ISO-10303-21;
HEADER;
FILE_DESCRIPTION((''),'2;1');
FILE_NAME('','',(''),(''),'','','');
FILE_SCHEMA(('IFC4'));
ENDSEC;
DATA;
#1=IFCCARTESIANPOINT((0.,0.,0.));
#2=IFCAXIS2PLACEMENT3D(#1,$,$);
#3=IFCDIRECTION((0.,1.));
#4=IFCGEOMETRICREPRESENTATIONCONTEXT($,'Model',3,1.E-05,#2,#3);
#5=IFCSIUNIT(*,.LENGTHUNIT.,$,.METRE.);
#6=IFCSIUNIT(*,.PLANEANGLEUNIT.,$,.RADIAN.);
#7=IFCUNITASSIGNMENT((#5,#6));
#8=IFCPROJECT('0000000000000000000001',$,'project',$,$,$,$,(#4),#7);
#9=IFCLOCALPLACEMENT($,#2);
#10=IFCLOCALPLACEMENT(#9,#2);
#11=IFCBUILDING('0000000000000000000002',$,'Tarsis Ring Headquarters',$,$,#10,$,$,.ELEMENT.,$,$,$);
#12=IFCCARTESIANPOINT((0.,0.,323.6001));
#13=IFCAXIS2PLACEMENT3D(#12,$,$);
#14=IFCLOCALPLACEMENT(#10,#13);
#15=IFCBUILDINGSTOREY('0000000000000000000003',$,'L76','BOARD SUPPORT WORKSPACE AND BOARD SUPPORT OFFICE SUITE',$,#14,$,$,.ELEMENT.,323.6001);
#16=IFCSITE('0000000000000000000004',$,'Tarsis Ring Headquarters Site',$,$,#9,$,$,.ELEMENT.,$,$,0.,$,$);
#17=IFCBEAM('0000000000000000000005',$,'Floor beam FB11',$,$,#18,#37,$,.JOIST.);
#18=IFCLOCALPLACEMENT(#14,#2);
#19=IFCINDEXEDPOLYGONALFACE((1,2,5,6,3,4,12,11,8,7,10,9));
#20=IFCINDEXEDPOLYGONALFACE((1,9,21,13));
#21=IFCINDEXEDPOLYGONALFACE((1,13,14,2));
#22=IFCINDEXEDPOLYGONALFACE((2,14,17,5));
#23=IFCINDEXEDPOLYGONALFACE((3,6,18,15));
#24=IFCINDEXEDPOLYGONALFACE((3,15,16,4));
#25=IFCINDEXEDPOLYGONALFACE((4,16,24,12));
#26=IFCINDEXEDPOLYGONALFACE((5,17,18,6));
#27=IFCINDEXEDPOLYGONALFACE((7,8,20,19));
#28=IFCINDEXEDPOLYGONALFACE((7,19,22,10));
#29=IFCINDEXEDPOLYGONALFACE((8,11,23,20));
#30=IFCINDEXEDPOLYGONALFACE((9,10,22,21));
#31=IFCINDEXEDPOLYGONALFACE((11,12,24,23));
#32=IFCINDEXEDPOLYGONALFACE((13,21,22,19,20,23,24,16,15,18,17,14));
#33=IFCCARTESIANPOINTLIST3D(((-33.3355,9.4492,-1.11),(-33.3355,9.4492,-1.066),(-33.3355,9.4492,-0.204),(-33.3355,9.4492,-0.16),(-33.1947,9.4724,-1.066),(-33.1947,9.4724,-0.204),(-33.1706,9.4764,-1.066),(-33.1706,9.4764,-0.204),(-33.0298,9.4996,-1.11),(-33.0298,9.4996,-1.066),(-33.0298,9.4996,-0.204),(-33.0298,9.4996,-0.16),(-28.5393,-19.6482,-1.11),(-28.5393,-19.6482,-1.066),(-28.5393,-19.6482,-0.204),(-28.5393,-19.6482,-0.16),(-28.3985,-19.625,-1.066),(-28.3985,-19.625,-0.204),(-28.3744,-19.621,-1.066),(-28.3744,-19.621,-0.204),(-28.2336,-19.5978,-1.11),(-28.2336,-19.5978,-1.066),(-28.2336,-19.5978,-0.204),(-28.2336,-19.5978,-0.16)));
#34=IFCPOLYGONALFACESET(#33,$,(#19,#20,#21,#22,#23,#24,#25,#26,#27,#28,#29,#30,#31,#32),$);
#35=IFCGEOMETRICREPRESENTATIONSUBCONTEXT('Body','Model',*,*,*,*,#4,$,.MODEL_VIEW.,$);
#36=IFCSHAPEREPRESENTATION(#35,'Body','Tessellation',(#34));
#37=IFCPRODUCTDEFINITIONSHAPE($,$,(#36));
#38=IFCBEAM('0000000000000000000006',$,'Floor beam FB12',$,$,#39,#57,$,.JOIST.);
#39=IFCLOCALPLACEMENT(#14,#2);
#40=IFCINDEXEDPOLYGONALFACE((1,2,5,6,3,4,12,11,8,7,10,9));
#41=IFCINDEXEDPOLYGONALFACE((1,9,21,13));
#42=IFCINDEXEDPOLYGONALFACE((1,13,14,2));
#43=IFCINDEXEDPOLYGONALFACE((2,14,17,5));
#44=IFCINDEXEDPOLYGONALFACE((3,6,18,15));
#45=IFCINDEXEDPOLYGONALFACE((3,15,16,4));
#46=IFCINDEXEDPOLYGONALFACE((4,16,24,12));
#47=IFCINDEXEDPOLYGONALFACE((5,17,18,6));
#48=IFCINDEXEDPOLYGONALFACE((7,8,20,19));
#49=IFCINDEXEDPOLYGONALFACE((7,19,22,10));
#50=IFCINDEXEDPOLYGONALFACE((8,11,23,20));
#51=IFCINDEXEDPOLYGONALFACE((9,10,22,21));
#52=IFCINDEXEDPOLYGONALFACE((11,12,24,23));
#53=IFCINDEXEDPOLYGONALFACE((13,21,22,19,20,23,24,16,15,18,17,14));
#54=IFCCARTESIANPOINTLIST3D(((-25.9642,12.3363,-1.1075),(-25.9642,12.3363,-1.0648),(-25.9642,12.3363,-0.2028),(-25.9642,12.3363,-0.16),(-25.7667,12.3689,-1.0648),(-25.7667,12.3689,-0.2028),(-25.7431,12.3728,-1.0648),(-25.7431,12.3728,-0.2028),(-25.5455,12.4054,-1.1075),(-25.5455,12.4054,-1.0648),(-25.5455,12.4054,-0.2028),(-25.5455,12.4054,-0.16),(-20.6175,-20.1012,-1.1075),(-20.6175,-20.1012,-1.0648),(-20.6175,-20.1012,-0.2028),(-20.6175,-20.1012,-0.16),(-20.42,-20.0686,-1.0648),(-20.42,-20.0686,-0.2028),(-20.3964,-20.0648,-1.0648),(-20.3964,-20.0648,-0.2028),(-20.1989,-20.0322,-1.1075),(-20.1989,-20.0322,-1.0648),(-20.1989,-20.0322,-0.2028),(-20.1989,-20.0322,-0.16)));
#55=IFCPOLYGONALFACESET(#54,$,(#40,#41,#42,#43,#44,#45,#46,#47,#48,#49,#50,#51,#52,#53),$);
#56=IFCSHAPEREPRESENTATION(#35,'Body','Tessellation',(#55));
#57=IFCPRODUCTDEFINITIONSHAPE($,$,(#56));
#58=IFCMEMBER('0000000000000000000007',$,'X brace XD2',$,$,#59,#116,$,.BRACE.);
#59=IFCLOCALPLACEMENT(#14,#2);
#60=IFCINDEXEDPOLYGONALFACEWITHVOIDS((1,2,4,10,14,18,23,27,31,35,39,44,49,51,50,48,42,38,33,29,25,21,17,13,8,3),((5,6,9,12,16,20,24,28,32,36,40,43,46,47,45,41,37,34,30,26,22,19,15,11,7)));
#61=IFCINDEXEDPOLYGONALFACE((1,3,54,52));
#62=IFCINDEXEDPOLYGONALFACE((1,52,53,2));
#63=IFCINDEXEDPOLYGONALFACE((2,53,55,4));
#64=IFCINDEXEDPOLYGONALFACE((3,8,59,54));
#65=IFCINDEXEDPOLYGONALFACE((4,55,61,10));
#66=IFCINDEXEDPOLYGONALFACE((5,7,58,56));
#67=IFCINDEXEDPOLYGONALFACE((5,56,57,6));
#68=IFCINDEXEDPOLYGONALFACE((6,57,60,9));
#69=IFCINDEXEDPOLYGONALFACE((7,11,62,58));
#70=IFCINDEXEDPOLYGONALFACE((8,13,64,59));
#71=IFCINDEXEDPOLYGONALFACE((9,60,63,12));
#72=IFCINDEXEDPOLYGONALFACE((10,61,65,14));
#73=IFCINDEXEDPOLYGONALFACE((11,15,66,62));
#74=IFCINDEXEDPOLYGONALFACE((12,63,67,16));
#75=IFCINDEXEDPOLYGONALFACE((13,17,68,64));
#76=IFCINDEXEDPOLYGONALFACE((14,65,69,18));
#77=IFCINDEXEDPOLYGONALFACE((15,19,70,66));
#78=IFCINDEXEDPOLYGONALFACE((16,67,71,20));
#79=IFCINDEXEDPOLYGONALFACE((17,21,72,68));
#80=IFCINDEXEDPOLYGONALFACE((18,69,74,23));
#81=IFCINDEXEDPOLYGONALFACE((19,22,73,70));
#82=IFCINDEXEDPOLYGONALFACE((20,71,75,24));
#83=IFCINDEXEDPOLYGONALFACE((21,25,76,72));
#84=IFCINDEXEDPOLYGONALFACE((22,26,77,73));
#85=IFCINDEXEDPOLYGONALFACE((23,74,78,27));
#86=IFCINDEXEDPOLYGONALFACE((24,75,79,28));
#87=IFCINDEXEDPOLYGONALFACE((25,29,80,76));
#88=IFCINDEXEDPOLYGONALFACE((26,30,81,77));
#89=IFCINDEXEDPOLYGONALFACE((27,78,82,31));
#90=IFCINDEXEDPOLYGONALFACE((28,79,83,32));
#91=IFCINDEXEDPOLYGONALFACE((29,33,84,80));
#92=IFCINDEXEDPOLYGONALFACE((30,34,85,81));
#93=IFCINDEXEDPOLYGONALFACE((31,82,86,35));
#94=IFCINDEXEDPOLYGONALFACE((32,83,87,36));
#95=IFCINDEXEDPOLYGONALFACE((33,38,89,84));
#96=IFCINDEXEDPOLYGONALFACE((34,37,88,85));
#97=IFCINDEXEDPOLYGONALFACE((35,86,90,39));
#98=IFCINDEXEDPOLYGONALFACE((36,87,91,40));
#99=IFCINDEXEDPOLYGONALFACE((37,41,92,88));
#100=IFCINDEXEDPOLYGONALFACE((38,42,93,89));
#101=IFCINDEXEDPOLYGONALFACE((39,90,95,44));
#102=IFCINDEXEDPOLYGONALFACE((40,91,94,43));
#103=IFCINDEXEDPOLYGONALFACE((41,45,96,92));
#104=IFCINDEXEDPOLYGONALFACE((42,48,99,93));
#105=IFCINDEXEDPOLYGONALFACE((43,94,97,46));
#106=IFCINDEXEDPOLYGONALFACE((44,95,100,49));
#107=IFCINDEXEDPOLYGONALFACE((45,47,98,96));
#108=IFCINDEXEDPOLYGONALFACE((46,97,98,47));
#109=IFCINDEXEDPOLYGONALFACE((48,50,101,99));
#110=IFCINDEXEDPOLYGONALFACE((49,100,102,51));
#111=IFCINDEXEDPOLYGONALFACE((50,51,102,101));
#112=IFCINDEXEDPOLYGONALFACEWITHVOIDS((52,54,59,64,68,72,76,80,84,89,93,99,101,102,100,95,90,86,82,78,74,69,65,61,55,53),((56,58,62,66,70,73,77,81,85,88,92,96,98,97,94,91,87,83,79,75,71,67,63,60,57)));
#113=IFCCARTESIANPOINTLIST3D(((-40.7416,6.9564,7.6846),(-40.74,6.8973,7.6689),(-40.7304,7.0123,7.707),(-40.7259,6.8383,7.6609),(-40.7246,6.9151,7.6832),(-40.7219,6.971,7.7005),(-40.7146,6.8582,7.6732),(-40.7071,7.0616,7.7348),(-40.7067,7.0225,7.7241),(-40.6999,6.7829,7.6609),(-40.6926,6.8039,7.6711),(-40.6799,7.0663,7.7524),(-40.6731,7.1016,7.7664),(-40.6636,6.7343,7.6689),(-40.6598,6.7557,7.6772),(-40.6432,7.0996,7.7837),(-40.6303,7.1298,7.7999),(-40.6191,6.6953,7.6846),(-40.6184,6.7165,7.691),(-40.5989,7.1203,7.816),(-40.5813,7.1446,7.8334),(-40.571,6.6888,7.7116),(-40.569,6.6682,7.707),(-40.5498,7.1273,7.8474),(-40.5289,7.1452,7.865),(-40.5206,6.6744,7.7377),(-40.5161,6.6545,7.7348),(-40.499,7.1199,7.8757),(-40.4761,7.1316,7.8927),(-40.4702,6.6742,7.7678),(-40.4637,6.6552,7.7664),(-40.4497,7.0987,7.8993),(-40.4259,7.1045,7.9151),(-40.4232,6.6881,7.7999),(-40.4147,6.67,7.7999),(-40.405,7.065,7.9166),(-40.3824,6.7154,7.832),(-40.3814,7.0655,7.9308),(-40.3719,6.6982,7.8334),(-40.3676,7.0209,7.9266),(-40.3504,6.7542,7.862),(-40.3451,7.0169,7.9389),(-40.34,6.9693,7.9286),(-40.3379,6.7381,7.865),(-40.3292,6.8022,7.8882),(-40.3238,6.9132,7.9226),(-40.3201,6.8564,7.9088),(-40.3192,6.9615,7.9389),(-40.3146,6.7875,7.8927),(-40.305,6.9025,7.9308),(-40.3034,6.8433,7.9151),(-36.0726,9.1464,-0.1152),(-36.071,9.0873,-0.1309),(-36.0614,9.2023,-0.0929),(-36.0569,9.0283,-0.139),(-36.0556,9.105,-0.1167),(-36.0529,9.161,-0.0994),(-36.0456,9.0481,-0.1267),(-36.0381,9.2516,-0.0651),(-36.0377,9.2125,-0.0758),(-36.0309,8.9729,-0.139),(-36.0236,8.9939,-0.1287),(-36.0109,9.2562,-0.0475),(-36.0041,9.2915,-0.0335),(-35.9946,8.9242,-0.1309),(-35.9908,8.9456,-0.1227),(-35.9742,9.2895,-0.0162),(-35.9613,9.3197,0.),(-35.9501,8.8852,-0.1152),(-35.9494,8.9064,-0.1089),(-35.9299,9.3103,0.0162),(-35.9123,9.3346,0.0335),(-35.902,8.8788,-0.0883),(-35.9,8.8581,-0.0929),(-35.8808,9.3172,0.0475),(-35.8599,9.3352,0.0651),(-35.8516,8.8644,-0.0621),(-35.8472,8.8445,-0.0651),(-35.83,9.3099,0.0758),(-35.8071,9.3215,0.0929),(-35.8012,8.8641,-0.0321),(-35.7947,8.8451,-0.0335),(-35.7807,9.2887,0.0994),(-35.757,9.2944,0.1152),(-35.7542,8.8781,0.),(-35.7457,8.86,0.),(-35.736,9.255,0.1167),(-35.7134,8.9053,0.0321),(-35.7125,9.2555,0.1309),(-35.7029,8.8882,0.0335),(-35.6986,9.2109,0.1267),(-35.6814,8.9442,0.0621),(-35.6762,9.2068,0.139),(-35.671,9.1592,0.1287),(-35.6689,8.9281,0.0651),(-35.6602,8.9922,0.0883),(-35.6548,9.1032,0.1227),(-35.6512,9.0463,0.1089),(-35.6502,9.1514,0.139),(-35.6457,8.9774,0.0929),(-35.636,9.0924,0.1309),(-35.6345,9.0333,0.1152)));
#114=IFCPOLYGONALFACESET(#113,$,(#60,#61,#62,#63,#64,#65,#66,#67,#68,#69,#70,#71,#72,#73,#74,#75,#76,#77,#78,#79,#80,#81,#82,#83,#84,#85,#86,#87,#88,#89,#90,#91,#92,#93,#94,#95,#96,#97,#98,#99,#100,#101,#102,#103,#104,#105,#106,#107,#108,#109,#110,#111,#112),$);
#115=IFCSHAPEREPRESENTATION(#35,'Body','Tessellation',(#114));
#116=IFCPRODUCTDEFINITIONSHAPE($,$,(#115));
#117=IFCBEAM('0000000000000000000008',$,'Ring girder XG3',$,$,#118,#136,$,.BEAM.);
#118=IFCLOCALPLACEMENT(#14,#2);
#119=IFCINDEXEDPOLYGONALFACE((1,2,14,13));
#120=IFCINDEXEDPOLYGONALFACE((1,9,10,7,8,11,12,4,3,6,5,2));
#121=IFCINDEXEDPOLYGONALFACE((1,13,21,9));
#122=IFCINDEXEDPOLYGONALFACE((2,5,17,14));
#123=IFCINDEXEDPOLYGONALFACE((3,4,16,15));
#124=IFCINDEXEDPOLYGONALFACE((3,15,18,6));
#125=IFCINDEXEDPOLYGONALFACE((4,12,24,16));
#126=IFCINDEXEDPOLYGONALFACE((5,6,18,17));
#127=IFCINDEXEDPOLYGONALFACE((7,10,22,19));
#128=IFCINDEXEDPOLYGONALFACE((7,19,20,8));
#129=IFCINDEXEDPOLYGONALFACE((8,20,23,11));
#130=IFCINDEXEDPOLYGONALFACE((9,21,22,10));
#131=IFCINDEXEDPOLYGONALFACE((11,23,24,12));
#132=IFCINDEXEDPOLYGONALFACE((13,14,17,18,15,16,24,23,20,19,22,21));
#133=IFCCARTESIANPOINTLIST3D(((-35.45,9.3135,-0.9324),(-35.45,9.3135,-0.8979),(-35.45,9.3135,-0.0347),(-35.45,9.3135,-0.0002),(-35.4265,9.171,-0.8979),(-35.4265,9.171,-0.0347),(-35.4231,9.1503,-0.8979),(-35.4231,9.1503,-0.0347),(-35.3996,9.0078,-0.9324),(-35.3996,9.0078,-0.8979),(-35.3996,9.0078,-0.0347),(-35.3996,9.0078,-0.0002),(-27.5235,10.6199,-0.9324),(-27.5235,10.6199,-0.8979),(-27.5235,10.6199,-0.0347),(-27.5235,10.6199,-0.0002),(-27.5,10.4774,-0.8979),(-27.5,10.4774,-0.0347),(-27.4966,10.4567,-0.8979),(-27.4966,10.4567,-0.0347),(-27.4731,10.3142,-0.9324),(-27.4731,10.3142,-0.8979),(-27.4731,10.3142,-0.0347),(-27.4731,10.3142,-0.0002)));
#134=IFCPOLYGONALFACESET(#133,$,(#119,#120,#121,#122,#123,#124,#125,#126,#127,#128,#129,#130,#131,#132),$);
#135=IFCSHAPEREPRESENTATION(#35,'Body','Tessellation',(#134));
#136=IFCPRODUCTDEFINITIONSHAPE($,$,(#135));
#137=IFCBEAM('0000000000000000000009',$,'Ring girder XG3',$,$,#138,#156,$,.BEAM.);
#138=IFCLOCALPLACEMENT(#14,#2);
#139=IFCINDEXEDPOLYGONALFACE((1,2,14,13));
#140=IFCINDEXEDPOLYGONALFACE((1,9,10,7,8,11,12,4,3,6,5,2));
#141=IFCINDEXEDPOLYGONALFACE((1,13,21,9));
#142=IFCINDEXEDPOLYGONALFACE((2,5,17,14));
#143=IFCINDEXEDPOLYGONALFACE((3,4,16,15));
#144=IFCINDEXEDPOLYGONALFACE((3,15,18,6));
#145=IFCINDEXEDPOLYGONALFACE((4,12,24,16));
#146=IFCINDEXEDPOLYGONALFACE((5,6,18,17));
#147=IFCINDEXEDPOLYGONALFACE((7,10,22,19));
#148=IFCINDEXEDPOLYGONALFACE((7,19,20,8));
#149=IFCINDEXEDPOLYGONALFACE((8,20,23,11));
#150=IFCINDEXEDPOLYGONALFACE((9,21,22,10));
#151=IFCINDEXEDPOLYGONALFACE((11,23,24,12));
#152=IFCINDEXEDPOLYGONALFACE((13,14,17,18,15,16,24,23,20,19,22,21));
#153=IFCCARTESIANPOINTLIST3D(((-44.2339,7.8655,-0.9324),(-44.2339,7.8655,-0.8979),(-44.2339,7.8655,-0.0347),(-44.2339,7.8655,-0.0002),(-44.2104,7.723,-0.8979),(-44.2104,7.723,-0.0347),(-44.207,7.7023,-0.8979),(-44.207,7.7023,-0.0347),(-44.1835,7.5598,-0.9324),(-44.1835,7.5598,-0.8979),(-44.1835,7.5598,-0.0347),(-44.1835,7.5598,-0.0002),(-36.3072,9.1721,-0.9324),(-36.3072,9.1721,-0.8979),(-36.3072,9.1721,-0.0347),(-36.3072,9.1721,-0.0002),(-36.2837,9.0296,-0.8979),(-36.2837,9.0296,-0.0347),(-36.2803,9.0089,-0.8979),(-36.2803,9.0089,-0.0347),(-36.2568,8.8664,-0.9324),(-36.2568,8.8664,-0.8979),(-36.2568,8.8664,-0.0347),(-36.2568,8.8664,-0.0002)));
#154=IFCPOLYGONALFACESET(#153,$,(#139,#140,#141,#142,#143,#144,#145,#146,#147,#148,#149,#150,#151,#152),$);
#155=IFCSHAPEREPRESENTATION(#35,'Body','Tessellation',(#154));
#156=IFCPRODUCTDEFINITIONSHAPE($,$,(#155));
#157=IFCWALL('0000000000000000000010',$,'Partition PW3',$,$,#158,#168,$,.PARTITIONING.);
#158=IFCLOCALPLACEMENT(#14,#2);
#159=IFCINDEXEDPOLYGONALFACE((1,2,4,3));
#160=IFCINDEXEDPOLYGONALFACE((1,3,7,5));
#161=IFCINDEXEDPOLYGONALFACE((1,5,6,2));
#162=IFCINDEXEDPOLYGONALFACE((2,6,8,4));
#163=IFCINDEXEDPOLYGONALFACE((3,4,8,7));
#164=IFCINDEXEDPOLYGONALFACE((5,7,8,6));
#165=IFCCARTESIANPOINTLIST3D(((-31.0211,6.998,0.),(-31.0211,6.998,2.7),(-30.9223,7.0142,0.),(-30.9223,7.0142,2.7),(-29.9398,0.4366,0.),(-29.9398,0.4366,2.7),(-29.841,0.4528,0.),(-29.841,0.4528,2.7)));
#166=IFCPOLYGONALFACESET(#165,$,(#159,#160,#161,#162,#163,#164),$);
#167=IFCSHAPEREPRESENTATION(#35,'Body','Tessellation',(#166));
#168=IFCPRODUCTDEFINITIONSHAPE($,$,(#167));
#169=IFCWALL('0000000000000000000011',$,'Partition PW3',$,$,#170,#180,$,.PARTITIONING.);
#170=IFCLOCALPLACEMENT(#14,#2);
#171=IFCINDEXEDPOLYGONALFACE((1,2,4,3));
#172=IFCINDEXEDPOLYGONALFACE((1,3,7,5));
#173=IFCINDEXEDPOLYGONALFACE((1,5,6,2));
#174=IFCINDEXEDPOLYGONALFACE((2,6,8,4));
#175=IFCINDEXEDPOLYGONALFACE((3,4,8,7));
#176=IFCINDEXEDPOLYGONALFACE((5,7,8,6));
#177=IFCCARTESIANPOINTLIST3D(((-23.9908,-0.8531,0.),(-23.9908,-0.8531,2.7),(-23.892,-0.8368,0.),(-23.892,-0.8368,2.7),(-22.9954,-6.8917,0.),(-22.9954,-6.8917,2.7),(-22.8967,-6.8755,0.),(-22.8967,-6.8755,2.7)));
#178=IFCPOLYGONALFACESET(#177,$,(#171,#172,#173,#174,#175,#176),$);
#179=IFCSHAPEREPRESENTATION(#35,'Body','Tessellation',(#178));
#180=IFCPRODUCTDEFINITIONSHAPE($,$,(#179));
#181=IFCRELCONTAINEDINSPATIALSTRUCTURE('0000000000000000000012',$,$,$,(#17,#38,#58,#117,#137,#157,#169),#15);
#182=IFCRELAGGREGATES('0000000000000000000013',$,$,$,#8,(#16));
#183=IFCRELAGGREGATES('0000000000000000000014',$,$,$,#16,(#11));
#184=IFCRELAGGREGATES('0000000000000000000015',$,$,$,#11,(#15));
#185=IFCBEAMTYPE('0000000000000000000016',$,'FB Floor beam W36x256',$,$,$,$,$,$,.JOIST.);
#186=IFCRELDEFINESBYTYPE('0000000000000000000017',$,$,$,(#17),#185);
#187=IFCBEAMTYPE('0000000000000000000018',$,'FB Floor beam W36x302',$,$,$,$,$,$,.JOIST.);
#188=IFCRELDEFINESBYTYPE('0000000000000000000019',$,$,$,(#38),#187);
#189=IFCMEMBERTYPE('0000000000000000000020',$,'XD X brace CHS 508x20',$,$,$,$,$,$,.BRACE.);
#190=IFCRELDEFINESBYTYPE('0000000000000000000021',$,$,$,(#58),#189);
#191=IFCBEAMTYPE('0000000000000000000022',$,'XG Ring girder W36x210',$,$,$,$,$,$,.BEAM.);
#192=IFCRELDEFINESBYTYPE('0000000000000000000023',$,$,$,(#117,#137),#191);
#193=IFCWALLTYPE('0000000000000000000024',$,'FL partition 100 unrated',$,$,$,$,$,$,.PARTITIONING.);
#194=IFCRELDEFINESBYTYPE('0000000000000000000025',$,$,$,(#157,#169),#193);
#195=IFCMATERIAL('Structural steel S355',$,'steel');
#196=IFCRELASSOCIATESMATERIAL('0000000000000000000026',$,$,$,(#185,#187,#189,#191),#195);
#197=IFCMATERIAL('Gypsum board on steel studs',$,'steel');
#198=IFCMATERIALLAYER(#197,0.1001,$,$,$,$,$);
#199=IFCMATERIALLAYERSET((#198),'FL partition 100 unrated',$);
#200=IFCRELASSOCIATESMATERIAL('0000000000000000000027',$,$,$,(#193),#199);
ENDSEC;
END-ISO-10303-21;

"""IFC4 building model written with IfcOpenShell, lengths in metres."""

from ifc_helpers import new_model, si_unit, direction, frame, frame_2d, origin, origin_2d, place, context, subcontext, project, spatial, rectangle, hollow_circle, i_section, extrude, material, layer, layer_set, material_profile, profile_set, type_object, element, save


model = new_model("IFC4")

# Units and contexts
model_context = context("Model", 3, precision=1e-05, world=origin(), true_north=direction((0.0, 1.0)))
body_context = subcontext(model_context, "Body", "Model", "MODEL_VIEW")
ifc_project = project(units=[si_unit("LENGTHUNIT", "METRE"), si_unit("PLANEANGLEUNIT", "RADIAN")], contexts=[model_context])

# Site, building, storey
site_placement = place(None, origin())
site = spatial("IfcSite", under=ifc_project, at=site_placement, Name="Tarsis Ring Headquarters Site", CompositionType="ELEMENT", RefElevation=0.0)
building_placement = place(site_placement, origin())
building = spatial("IfcBuilding", under=site, at=building_placement, Name="Tarsis Ring Headquarters", CompositionType="ELEMENT")
storey_placement = place(building_placement, frame((0.0, 0.0, 323.6001)))
storey = spatial("IfcBuildingStorey", under=building, at=storey_placement, Name="L76", Description="BOARD SUPPORT WORKSPACE AND BOARD SUPPORT OFFICE SUITE", CompositionType="ELEMENT", Elevation=323.6001)

# Shared definitions
ifc_material_1 = material(Name="Structural steel S355", Category="steel")

# Beams
ifc_material_profile_1 = material_profile(ifc_material_1, i_section(OverallWidth=0.3098, OverallDepth=0.95, WebThickness=0.0244, FlangeThickness=0.0439, at=origin_2d()), Name="W36x256")
ifc_profile_set_1 = profile_set([ifc_material_profile_1], Name="Structural steel S355")
beam_type_1 = type_object("IfcBeamType", Name="FB Floor beam W36x256", PredefinedType="JOIST", material=ifc_profile_set_1)
for number, where, z_axis, x_axis, name in (
    (1, (-33.1826, 9.4744, -0.635), (0.162636, -0.986686, 0.0), (0.986686, 0.162636, 0.0), "Floor beam FB11"),
):
    element("IfcBeam", number, at=place(storey_placement, frame(where, z_axis=z_axis, x_axis=x_axis)), inside=storey, type_object=beam_type_1, Name=name, PredefinedType="JOIST", context=body_context, shape_type="SweptSolid", body=[
        extrude(i_section(OverallWidth=0.3098, OverallDepth=0.95, WebThickness=0.0244, FlangeThickness=0.0439, at=origin_2d()), origin(), (0.0, 0.0, 1.0), 29.49),
    ])
ifc_material_profile_2 = material_profile(ifc_material_1, i_section(OverallWidth=0.4243, OverallDepth=0.9475, WebThickness=0.0239, FlangeThickness=0.0427, at=origin_2d()), Name="W36x302")
ifc_profile_set_2 = profile_set([ifc_material_profile_2], Name="Structural steel S355")
beam_type_2 = type_object("IfcBeamType", Name="FB Floor beam W36x302", PredefinedType="JOIST", material=ifc_profile_set_2)
beam_1_placement = place(storey_placement, frame((-25.7549, 12.3708, -0.6338), z_axis=(0.162636, -0.986686, 0.0), x_axis=(0.986686, 0.162636, 0.0)))
element("IfcBeam", 2, at=beam_1_placement, inside=storey, type_object=beam_type_2, Name="Floor beam FB12", PredefinedType="JOIST", context=body_context, shape_type="SweptSolid", body=[
    extrude(i_section(OverallWidth=0.4243, OverallDepth=0.9475, WebThickness=0.0239, FlangeThickness=0.0427, at=origin_2d()), origin(), (0.0, 0.0, 1.0), 32.8752),
])

# Member
ifc_material_profile_3 = material_profile(ifc_material_1, hollow_circle(Radius=0.2539, WallThickness=0.02, at=origin_2d()), Name="CHS 508x20")
ifc_profile_set_3 = profile_set([ifc_material_profile_3], Name="Structural steel S355")
member_type = type_object("IfcMemberType", Name="XD X brace CHS 508x20", PredefinedType="BRACE", material=ifc_profile_set_3)
member_placement = place(storey_placement, frame((-35.8535, 9.0898, 0.0), z_axis=(-0.499326, -0.234206, 0.834159), x_axis=(0.424652, -0.905357, 0.0)))
element("IfcMember", 3, at=member_placement, inside=storey, type_object=member_type, Name="X brace XD2", PredefinedType="BRACE", context=body_context, shape_type="SweptSolid", body=[
    extrude(hollow_circle(Radius=0.2539, WallThickness=0.02, at=origin_2d()), origin(), (0.0, 0.0, 1.0), 9.3506),
])

# Beams
ifc_material_profile_4 = material_profile(ifc_material_1, i_section(OverallWidth=0.3098, OverallDepth=0.9321, WebThickness=0.021, FlangeThickness=0.0344, at=origin_2d()), Name="W36x210")
ifc_profile_set_4 = profile_set([ifc_material_profile_4], Name="Structural steel S355")
beam_type_3 = type_object("IfcBeamType", Name="XG Ring girder W36x210", PredefinedType="BEAM", material=ifc_profile_set_4)
beam_2_placement = place(storey_placement, frame((-27.4983, 10.467, -0.4663), z_axis=(-0.986689, -0.16262, 0.0), x_axis=(0.16262, -0.986689, 0.0)))
element("IfcBeam", 4, at=beam_2_placement, inside=storey, type_object=beam_type_3, Name="Ring girder XG3", PredefinedType="BEAM", context=body_context, shape_type="SweptSolid", body=[
    extrude(i_section(OverallWidth=0.3098, OverallDepth=0.9321, WebThickness=0.021, FlangeThickness=0.0344, at=origin_2d()), origin(), (0.0, 0.0, 1.0), 8.0334),
])
beam_3_placement = place(storey_placement, frame((-36.282, 9.0193, -0.4663), z_axis=(-0.986685, -0.162644, 0.0), x_axis=(0.162644, -0.986685, 0.0)))
element("IfcBeam", 5, at=beam_3_placement, inside=storey, type_object=beam_type_3, Name="Ring girder XG3", PredefinedType="BEAM", context=body_context, shape_type="SweptSolid", body=[
    extrude(i_section(OverallWidth=0.3098, OverallDepth=0.9321, WebThickness=0.021, FlangeThickness=0.0344, at=origin_2d()), origin(), (0.0, 0.0, 1.0), 8.0337),
])

# Walls
ifc_material_2 = material(Name="Gypsum board on steel studs", Category="steel")
ifc_layer_1 = layer(ifc_material_2, 0.1001)
ifc_layer_set_1 = layer_set([ifc_layer_1], Name="FL partition 100 unrated")
wall_type_1 = type_object("IfcWallType", Name="FL partition 100 unrated", PredefinedType="PARTITIONING", material=ifc_layer_set_1)
wall_1_placement = place(storey_placement, frame((-30.9717, 7.0061, 0.0), z_axis=(0.0, 0.0, 1.0), x_axis=(0.162601, -0.986692, 0.0)))
element("IfcWall", 6, at=wall_1_placement, inside=storey, type_object=wall_type_1, Name="Partition PW3", PredefinedType="PARTITIONING", context=body_context, shape_type="SweptSolid", body=[
    extrude(rectangle(XDim=6.6499, YDim=0.1001, at=frame_2d((3.325, 0.0))), origin(), (0.0, 0.0, 1.0), 2.7),
])
wall_2_placement = place(storey_placement, frame((-23.9414, -0.845, 0.0), z_axis=(0.0, 0.0, 1.0), x_axis=(0.162639, -0.986686, 0.0)))
element("IfcWall", 7, at=wall_2_placement, inside=storey, type_object=wall_type_1, Name="Partition PW3", PredefinedType="PARTITIONING", context=body_context, shape_type="SweptSolid", body=[
    extrude(rectangle(XDim=6.1201, YDim=0.1001, at=frame_2d((3.0601, 0.0))), origin(), (0.0, 0.0, 1.0), 2.7),
])

save(model, "model.ifc")
